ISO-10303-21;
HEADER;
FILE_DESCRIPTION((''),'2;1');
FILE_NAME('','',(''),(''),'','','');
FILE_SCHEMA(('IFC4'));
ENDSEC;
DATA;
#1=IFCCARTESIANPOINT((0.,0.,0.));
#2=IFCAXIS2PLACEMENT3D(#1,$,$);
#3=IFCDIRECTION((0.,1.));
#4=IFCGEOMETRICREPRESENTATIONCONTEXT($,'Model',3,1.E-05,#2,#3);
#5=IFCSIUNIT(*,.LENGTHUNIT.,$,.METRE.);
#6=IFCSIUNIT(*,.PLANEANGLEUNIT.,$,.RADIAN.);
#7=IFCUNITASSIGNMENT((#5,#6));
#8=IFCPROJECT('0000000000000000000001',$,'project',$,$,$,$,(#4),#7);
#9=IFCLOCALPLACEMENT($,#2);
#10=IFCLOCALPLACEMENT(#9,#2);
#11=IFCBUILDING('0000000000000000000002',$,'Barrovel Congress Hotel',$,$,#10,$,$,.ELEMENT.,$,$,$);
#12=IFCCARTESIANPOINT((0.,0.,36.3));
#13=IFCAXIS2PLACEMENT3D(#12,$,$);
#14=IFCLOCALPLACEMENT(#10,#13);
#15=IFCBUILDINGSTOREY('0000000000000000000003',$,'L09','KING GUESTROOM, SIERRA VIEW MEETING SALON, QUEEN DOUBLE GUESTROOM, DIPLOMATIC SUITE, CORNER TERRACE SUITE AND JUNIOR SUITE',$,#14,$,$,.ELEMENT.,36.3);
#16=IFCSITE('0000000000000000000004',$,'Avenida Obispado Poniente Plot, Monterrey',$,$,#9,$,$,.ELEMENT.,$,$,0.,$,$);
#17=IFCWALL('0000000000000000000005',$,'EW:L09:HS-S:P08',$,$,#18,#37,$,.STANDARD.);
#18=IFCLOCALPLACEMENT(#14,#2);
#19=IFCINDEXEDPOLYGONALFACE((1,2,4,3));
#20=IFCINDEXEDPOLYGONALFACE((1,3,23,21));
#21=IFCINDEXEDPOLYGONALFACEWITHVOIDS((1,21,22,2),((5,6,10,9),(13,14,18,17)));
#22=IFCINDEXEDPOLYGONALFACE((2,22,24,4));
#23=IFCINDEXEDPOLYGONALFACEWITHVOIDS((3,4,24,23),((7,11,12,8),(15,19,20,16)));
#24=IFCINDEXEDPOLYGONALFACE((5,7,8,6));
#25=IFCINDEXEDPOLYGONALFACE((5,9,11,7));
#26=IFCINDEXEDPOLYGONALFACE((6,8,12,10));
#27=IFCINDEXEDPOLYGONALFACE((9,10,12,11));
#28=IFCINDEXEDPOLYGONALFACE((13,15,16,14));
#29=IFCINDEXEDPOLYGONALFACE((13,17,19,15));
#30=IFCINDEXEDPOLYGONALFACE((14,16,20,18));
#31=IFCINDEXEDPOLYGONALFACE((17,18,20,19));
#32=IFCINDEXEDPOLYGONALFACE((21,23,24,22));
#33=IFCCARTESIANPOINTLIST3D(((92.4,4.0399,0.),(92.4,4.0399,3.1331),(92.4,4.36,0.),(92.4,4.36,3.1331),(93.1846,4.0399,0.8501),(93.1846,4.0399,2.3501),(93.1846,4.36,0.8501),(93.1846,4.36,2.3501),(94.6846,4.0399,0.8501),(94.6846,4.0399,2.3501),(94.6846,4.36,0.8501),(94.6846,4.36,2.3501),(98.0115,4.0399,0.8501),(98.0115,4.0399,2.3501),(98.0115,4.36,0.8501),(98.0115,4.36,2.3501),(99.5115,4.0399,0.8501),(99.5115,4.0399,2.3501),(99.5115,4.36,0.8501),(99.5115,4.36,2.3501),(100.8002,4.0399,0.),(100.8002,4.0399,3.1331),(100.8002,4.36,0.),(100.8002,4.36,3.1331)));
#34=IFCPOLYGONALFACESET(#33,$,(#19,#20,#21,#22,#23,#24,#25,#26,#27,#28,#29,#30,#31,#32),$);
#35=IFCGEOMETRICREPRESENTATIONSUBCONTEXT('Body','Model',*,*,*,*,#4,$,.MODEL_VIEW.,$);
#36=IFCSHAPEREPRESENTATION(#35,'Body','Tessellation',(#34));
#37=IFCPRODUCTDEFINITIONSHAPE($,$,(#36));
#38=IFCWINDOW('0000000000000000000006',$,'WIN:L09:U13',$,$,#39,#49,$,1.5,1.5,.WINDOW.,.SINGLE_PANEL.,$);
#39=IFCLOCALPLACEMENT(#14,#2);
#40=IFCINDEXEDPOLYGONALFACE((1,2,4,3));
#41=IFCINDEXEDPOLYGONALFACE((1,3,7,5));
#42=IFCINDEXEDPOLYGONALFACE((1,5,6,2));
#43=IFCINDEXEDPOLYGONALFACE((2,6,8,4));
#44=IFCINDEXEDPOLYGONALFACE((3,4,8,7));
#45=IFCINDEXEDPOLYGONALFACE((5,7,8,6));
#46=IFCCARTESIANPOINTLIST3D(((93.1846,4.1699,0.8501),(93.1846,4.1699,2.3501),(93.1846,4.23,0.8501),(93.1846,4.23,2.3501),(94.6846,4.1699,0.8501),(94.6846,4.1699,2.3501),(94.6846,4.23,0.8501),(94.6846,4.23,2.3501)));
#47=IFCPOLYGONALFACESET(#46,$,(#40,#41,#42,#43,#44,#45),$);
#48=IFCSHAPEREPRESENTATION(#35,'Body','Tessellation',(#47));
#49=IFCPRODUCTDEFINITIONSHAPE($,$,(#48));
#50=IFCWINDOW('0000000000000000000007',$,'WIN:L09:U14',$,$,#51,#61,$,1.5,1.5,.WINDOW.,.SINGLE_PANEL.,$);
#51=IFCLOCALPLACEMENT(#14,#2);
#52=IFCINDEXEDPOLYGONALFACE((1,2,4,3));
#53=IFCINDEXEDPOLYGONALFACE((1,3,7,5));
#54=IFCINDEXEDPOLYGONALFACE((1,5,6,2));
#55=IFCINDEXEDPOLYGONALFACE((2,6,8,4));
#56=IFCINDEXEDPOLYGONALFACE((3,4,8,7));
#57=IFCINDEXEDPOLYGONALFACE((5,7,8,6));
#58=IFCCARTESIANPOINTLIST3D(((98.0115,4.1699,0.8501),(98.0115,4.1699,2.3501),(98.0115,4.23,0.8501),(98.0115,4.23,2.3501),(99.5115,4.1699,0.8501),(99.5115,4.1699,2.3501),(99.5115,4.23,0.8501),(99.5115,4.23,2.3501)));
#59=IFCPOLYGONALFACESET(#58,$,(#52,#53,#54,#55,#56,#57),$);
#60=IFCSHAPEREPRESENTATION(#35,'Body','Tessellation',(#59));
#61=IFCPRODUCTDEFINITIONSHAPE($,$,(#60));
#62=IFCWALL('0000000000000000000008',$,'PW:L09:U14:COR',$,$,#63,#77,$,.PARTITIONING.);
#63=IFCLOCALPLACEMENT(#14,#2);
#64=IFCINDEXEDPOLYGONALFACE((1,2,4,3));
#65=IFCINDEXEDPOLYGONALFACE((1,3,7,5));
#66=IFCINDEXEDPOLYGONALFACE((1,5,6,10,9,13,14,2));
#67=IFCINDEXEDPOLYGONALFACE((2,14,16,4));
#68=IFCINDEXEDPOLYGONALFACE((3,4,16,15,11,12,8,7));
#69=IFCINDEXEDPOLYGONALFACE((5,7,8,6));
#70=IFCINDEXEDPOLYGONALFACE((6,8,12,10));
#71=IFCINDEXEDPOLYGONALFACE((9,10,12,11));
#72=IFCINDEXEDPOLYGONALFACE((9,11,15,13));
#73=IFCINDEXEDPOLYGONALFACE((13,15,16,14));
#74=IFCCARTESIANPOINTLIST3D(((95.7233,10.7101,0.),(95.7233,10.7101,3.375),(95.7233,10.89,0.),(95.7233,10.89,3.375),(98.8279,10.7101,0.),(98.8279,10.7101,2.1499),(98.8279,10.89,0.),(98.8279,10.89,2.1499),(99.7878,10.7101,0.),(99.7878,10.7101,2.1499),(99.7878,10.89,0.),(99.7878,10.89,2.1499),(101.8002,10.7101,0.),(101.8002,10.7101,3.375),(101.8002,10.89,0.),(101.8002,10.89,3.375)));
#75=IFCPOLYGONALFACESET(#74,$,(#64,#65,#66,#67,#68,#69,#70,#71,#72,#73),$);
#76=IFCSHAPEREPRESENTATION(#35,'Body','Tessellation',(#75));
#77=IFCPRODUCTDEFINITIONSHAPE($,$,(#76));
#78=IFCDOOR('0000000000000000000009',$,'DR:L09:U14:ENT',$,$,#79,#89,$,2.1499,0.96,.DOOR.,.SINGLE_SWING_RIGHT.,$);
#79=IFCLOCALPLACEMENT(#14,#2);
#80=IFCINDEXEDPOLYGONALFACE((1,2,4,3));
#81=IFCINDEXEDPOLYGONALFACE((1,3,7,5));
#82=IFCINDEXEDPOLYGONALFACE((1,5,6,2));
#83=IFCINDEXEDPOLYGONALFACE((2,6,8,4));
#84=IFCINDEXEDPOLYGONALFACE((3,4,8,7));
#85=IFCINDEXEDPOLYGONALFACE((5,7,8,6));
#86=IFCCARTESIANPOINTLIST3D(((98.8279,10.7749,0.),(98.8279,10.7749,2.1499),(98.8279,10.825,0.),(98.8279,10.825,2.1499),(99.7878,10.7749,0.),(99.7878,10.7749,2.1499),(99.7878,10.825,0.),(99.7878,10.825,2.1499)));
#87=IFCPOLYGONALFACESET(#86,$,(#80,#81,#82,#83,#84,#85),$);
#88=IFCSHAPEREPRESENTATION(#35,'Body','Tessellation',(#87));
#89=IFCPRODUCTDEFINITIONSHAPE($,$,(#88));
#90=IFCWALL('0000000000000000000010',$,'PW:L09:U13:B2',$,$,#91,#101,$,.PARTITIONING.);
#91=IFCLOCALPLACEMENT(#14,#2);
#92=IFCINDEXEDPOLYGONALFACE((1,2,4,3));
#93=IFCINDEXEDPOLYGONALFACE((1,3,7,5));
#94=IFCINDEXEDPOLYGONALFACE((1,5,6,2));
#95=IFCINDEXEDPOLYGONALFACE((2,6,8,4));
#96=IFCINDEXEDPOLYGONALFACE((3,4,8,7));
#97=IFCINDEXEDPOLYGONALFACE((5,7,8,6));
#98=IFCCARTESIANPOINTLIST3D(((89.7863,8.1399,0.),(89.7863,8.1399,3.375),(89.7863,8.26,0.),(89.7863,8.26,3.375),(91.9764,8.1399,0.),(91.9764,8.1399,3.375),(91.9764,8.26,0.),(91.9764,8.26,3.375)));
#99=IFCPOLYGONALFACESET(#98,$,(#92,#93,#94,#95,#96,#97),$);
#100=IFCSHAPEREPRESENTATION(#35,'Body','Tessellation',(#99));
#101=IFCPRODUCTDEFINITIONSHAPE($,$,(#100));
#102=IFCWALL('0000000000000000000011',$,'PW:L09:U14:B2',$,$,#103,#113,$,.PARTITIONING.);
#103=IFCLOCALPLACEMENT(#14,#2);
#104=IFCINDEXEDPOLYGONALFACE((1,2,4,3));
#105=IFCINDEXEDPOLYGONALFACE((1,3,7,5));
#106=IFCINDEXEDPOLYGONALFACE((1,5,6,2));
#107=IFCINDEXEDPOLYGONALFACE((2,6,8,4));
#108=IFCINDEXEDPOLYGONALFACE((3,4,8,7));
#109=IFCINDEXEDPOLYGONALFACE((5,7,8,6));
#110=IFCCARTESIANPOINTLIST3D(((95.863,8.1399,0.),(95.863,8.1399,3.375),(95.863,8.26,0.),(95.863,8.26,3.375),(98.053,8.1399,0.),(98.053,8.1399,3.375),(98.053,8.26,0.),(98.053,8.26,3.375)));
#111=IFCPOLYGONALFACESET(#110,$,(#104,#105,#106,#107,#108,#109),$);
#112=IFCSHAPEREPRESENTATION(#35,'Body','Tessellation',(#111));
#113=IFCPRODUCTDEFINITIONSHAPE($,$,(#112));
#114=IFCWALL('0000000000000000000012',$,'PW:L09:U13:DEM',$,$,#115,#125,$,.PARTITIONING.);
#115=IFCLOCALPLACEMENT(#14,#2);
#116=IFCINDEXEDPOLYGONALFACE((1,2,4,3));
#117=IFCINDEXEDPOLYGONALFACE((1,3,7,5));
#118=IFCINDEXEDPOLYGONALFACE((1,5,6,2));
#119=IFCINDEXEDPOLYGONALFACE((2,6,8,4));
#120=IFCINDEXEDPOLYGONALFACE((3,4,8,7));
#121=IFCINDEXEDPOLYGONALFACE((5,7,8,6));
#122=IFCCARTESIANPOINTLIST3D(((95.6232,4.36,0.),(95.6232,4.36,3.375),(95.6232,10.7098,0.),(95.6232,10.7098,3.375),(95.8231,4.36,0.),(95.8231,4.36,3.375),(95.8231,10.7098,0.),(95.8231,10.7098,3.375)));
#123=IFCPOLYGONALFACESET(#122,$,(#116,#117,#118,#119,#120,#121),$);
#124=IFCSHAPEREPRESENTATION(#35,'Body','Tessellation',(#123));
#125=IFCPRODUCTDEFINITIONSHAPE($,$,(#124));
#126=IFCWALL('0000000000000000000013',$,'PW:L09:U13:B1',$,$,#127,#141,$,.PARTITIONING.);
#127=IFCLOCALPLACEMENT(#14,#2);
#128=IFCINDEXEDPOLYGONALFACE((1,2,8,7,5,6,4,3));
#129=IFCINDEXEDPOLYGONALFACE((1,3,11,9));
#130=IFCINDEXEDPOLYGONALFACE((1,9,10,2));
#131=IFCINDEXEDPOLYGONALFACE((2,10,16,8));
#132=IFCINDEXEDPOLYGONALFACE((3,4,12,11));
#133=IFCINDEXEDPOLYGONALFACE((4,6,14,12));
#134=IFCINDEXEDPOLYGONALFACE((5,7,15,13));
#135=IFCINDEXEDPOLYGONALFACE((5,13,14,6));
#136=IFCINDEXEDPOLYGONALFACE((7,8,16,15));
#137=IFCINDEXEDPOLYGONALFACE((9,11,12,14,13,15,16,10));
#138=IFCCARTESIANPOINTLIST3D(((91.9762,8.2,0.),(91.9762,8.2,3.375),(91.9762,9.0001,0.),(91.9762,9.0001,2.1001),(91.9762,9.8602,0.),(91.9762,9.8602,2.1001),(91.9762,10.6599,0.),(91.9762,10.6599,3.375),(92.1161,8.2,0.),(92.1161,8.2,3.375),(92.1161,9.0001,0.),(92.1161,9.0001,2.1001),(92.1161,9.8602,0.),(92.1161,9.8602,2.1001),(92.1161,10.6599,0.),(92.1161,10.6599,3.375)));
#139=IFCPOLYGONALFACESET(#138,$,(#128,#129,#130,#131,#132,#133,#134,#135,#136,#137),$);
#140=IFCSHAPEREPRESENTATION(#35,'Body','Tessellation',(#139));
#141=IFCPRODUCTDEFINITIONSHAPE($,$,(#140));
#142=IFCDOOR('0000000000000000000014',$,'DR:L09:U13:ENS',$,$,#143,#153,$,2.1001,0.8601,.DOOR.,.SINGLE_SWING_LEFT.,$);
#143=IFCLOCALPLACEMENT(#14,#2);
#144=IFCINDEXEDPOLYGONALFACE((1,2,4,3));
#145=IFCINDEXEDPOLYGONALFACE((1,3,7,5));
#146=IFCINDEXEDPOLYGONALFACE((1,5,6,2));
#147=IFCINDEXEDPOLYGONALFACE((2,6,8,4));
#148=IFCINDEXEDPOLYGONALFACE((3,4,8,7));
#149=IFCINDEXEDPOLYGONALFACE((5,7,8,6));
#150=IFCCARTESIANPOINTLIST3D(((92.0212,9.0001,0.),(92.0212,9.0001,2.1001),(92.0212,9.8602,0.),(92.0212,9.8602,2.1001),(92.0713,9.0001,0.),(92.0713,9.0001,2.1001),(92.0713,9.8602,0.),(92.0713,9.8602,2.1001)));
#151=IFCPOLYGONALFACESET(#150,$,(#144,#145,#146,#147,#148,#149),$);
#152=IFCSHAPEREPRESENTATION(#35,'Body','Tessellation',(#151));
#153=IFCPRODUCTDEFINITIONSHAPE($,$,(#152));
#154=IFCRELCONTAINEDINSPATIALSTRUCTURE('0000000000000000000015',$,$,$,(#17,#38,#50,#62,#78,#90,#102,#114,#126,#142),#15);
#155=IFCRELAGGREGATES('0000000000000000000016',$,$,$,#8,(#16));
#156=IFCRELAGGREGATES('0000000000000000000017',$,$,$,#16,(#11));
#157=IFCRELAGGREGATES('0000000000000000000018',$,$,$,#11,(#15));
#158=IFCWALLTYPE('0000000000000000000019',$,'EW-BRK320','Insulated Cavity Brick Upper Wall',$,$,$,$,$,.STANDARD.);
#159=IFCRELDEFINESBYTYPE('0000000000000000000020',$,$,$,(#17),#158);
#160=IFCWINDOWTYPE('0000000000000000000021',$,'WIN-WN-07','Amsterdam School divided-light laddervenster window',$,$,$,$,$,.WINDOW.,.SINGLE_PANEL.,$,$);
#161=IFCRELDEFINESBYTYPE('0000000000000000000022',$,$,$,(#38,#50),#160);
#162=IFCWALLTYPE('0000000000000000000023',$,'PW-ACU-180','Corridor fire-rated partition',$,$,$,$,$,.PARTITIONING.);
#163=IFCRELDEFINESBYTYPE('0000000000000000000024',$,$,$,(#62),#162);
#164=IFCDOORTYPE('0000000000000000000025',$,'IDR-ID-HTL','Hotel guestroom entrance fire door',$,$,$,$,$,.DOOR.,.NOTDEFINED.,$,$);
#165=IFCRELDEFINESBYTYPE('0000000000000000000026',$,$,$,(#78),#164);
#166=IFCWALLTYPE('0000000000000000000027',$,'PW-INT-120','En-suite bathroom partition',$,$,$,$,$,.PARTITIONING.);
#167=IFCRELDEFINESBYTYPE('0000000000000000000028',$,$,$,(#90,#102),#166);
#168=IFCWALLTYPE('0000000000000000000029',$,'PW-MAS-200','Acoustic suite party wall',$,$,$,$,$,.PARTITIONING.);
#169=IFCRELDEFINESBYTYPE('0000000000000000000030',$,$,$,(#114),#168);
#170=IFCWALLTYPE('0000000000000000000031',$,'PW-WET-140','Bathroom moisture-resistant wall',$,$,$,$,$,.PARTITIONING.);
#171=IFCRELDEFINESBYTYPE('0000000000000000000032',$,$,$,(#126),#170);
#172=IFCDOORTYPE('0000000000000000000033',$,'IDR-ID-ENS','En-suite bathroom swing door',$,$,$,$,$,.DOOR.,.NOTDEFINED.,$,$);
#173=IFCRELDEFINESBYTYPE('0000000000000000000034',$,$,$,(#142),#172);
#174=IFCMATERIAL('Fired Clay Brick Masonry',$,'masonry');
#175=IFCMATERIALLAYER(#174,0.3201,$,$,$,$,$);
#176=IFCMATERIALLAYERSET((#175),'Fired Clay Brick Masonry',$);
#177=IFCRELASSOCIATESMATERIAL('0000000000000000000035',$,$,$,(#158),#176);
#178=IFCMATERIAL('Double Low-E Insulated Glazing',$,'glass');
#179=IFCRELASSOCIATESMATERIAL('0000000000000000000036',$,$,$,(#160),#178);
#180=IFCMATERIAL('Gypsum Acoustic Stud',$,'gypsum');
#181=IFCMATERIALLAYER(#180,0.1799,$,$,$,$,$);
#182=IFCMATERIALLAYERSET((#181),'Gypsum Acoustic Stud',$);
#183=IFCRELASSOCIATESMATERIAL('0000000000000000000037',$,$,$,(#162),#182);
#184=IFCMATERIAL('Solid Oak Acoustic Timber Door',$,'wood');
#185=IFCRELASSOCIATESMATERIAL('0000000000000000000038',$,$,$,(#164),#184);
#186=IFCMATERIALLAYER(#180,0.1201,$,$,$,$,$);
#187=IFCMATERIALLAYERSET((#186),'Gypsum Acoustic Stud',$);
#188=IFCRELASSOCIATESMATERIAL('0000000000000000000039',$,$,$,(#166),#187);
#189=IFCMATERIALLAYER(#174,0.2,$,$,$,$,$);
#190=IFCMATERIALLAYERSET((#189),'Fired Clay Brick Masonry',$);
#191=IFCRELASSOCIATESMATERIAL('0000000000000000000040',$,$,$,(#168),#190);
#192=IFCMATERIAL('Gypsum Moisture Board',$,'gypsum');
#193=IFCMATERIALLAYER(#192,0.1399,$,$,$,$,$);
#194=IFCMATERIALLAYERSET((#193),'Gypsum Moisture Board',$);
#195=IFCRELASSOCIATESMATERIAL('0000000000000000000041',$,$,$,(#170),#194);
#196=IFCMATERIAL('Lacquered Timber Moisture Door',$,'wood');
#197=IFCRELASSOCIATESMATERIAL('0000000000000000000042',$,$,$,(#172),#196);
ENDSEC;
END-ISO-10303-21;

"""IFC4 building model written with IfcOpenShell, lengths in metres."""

from ifc_helpers import new_model, si_unit, direction, frame, frame_2d, origin, place, context, subcontext, project, spatial, rectangle, extrude, material, layer, layer_set, type_object, element, fill, save


model = new_model("IFC4")

# Units and contexts
model_context = context("Model", 3, precision=1e-05, world=origin(), true_north=direction((0.0, 1.0)))
body_context = subcontext(model_context, "Body", "Model", "MODEL_VIEW")
ifc_project = project(units=[si_unit("LENGTHUNIT", "METRE"), si_unit("PLANEANGLEUNIT", "RADIAN")], contexts=[model_context])

# Site, building, storey
site_placement = place(None, origin())
site = spatial("IfcSite", under=ifc_project, at=site_placement, Name="Avenida Obispado Poniente Plot, Monterrey", CompositionType="ELEMENT", RefElevation=0.0)
building_placement = place(site_placement, origin())
building = spatial("IfcBuilding", under=site, at=building_placement, Name="Barrovel Congress Hotel", CompositionType="ELEMENT")
storey_placement = place(building_placement, frame((0.0, 0.0, 36.3)))
storey = spatial("IfcBuildingStorey", under=building, at=storey_placement, Name="L09", Description="KING GUESTROOM, SIERRA VIEW MEETING SALON, QUEEN DOUBLE GUESTROOM, DIPLOMATIC SUITE, CORNER TERRACE SUITE AND JUNIOR SUITE", CompositionType="ELEMENT", Elevation=36.3)

# Wall, openings, windows
ifc_material_1 = material(Name="Fired Clay Brick Masonry", Category="masonry")
ifc_layer_1 = layer(ifc_material_1, 0.3201)
ifc_layer_set_1 = layer_set([ifc_layer_1], Name="Fired Clay Brick Masonry")
wall_type_1 = type_object("IfcWallType", Name="EW-BRK320", Description="Insulated Cavity Brick Upper Wall", PredefinedType="STANDARD", material=ifc_layer_set_1)
wall_1_placement = place(storey_placement, frame((92.3999, 4.2, 0.0), z_axis=(0.0, 0.0, 1.0), x_axis=(1.0, 0.0, 0.0)))
wall_1 = element("IfcWall", 1, at=wall_1_placement, inside=storey, type_object=wall_type_1, Name="EW:L09:HS-S:P08", PredefinedType="STANDARD", context=body_context, shape_type="SweptSolid", body=[
    extrude(rectangle(XDim=8.4001, YDim=0.3201, at=frame_2d((4.2002, 0.0))), origin(), (0.0, 0.0, 1.0), 3.1331),
])
opening_1_placement = place(wall_1_placement, frame((0.7847, 0.0, 0.8501)))
opening_1 = element("IfcOpeningElement", 2, at=opening_1_placement, cuts=wall_1, PredefinedType="OPENING", context=body_context, shape_type="SweptSolid", body=[
    extrude(rectangle(XDim=1.5, YDim=1.5, at=frame_2d((0.75, 0.75))), frame((0.0, 0.1699, 0.0), z_axis=(0.0, -1.0, 0.0), x_axis=(1.0, 0.0, 0.0)), (0.0, 0.0, 1.0), 0.3401),
])
opening_2_placement = place(wall_1_placement, frame((5.6116, 0.0, 0.8501)))
opening_2 = element("IfcOpeningElement", 3, at=opening_2_placement, cuts=wall_1, PredefinedType="OPENING", context=body_context, shape_type="SweptSolid", body=[
    extrude(rectangle(XDim=1.5, YDim=1.5, at=frame_2d((0.75, 0.75))), frame((0.0, 0.1699, 0.0), z_axis=(0.0, -1.0, 0.0), x_axis=(1.0, 0.0, 0.0)), (0.0, 0.0, 1.0), 0.3401),
])
ifc_material_2 = material(Name="Double Low-E Insulated Glazing", Category="glass")
window_type = type_object("IfcWindowType", Name="WIN-WN-07", Description="Amsterdam School divided-light laddervenster window", PartitioningType="SINGLE_PANEL", PredefinedType="WINDOW", material=ifc_material_2)
window_1_placement = place(opening_1_placement, origin())
window_1 = element("IfcWindow", 4, at=window_1_placement, inside=storey, type_object=window_type, Name="WIN:L09:U13", OverallHeight=1.5, OverallWidth=1.5, PartitioningType="SINGLE_PANEL", PredefinedType="WINDOW", context=body_context, shape_type="SweptSolid", body=[
    extrude(rectangle(XDim=1.5, YDim=1.5, at=frame_2d((0.75, 0.75))), frame((0.0, 0.03, 0.0), z_axis=(0.0, -1.0, 0.0), x_axis=(1.0, 0.0, 0.0)), (0.0, 0.0, 1.0), 0.0601),
])
fill(opening_1, window_1)
window_2_placement = place(opening_2_placement, origin())
window_2 = element("IfcWindow", 5, at=window_2_placement, inside=storey, type_object=window_type, Name="WIN:L09:U14", OverallHeight=1.5, OverallWidth=1.5, PartitioningType="SINGLE_PANEL", PredefinedType="WINDOW", context=body_context, shape_type="SweptSolid", body=[
    extrude(rectangle(XDim=1.5, YDim=1.5, at=frame_2d((0.75, 0.75))), frame((0.0, 0.03, 0.0), z_axis=(0.0, -1.0, 0.0), x_axis=(1.0, 0.0, 0.0)), (0.0, 0.0, 1.0), 0.0601),
])
fill(opening_2, window_2)

# Wall, opening, door
ifc_material_3 = material(Name="Gypsum Acoustic Stud", Category="gypsum")
ifc_layer_2 = layer(ifc_material_3, 0.1799)
ifc_layer_set_2 = layer_set([ifc_layer_2], Name="Gypsum Acoustic Stud")
wall_type_2 = type_object("IfcWallType", Name="PW-ACU-180", Description="Corridor fire-rated partition", PredefinedType="PARTITIONING", material=ifc_layer_set_2)
wall_2_placement = place(storey_placement, frame((95.7231, 10.8, 0.0), z_axis=(0.0, 0.0, 1.0), x_axis=(1.0, 0.0, 0.0)))
wall_2 = element("IfcWall", 6, at=wall_2_placement, inside=storey, type_object=wall_type_2, Name="PW:L09:U14:COR", PredefinedType="PARTITIONING", context=body_context, shape_type="SweptSolid", body=[
    extrude(rectangle(XDim=6.0769, YDim=0.1799, at=frame_2d((3.0386, 0.0))), origin(), (0.0, 0.0, 1.0), 3.375),
])
opening_3_placement = place(wall_2_placement, frame((3.1047, 0.0, 0.0)))
opening_3 = element("IfcOpeningElement", 7, at=opening_3_placement, cuts=wall_2, PredefinedType="OPENING", context=body_context, shape_type="SweptSolid", body=[
    extrude(rectangle(XDim=0.96, YDim=2.1499, at=frame_2d((0.48, 1.075))), frame((0.0, 0.1001, 0.0), z_axis=(0.0, -1.0, 0.0), x_axis=(1.0, 0.0, 0.0)), (0.0, 0.0, 1.0), 0.2),
])
ifc_material_4 = material(Name="Solid Oak Acoustic Timber Door", Category="wood")
door_type_1 = type_object("IfcDoorType", Name="IDR-ID-HTL", Description="Hotel guestroom entrance fire door", OperationType="NOTDEFINED", PredefinedType="DOOR", material=ifc_material_4)
door_1_placement = place(opening_3_placement, origin())
door_1 = element("IfcDoor", 8, at=door_1_placement, inside=storey, type_object=door_type_1, Name="DR:L09:U14:ENT", OperationType="SINGLE_SWING_RIGHT", OverallHeight=2.1499, OverallWidth=0.96, PredefinedType="DOOR", context=body_context, shape_type="SweptSolid", body=[
    extrude(rectangle(XDim=0.96, YDim=2.1499, at=frame_2d((0.48, 1.075))), frame((0.0, 0.0249, 0.0), z_axis=(0.0, -1.0, 0.0), x_axis=(1.0, 0.0, 0.0)), (0.0, 0.0, 1.0), 0.05),
])
fill(opening_3, door_1)

# Walls
ifc_layer_3 = layer(ifc_material_3, 0.1201)
ifc_layer_set_3 = layer_set([ifc_layer_3], Name="Gypsum Acoustic Stud")
wall_type_3 = type_object("IfcWallType", Name="PW-INT-120", Description="En-suite bathroom partition", PredefinedType="PARTITIONING", material=ifc_layer_set_3)
wall_3_placement = place(storey_placement, frame((89.7861, 8.2, 0.0), z_axis=(0.0, 0.0, 1.0), x_axis=(1.0, 0.0, 0.0)))
element("IfcWall", 9, at=wall_3_placement, inside=storey, type_object=wall_type_3, Name="PW:L09:U13:B2", PredefinedType="PARTITIONING", context=body_context, shape_type="SweptSolid", body=[
    extrude(rectangle(XDim=2.1902, YDim=0.1201, at=frame_2d((1.0952, 0.0))), origin(), (0.0, 0.0, 1.0), 3.375),
])
wall_4_placement = place(storey_placement, frame((95.863, 8.2, 0.0), z_axis=(0.0, 0.0, 1.0), x_axis=(1.0, 0.0, 0.0)))
element("IfcWall", 10, at=wall_4_placement, inside=storey, type_object=wall_type_3, Name="PW:L09:U14:B2", PredefinedType="PARTITIONING", context=body_context, shape_type="SweptSolid", body=[
    extrude(rectangle(XDim=2.1899, YDim=0.1201, at=frame_2d((1.095, 0.0))), origin(), (0.0, 0.0, 1.0), 3.375),
])
ifc_layer_4 = layer(ifc_material_1, 0.2)
ifc_layer_set_4 = layer_set([ifc_layer_4], Name="Fired Clay Brick Masonry")
wall_type_4 = type_object("IfcWallType", Name="PW-MAS-200", Description="Acoustic suite party wall", PredefinedType="PARTITIONING", material=ifc_layer_set_4)
wall_5_placement = place(storey_placement, frame((95.7231, 4.3601, 0.0), z_axis=(0.0, 0.0, 1.0), x_axis=(0.0, 1.0, 0.0)))
element("IfcWall", 11, at=wall_5_placement, inside=storey, type_object=wall_type_4, Name="PW:L09:U13:DEM", PredefinedType="PARTITIONING", context=body_context, shape_type="SweptSolid", body=[
    extrude(rectangle(XDim=6.3499, YDim=0.2, at=frame_2d((3.1748, 0.0))), origin(), (0.0, 0.0, 1.0), 3.375),
])

# Wall, opening, door
ifc_material_5 = material(Name="Gypsum Moisture Board", Category="gypsum")
ifc_layer_5 = layer(ifc_material_5, 0.1399)
ifc_layer_set_5 = layer_set([ifc_layer_5], Name="Gypsum Moisture Board")
wall_type_5 = type_object("IfcWallType", Name="PW-WET-140", Description="Bathroom moisture-resistant wall", PredefinedType="PARTITIONING", material=ifc_layer_set_5)
wall_6_placement = place(storey_placement, frame((92.0461, 8.2, 0.0), z_axis=(0.0, 0.0, 1.0), x_axis=(0.0, 1.0, 0.0)))
wall_6 = element("IfcWall", 12, at=wall_6_placement, inside=storey, type_object=wall_type_5, Name="PW:L09:U13:B1", PredefinedType="PARTITIONING", context=body_context, shape_type="SweptSolid", body=[
    extrude(rectangle(XDim=2.46, YDim=0.1399, at=frame_2d((1.23, 0.0))), origin(), (0.0, 0.0, 1.0), 3.375),
])
opening_4_placement = place(wall_6_placement, frame((0.8, 0.0, 0.0)))
opening_4 = element("IfcOpeningElement", 13, at=opening_4_placement, cuts=wall_6, PredefinedType="OPENING", context=body_context, shape_type="SweptSolid", body=[
    extrude(rectangle(XDim=0.8601, YDim=2.1001, at=frame_2d((0.4302, 1.05))), frame((0.0, 0.0801, 0.0), z_axis=(0.0, -1.0, 0.0), x_axis=(1.0, 0.0, 0.0)), (0.0, 0.0, 1.0), 0.1599),
])
ifc_material_6 = material(Name="Lacquered Timber Moisture Door", Category="wood")
door_type_2 = type_object("IfcDoorType", Name="IDR-ID-ENS", Description="En-suite bathroom swing door", OperationType="NOTDEFINED", PredefinedType="DOOR", material=ifc_material_6)
door_2_placement = place(opening_4_placement, origin())
door_2 = element("IfcDoor", 14, at=door_2_placement, inside=storey, type_object=door_type_2, Name="DR:L09:U13:ENS", OperationType="SINGLE_SWING_LEFT", OverallHeight=2.1001, OverallWidth=0.8601, PredefinedType="DOOR", context=body_context, shape_type="SweptSolid", body=[
    extrude(rectangle(XDim=0.8601, YDim=2.1001, at=frame_2d((0.4302, 1.05))), frame((0.0, 0.0249, 0.0), z_axis=(0.0, -1.0, 0.0), x_axis=(1.0, 0.0, 0.0)), (0.0, 0.0, 1.0), 0.05),
])
fill(opening_4, door_2)

save(model, "model.ifc")
